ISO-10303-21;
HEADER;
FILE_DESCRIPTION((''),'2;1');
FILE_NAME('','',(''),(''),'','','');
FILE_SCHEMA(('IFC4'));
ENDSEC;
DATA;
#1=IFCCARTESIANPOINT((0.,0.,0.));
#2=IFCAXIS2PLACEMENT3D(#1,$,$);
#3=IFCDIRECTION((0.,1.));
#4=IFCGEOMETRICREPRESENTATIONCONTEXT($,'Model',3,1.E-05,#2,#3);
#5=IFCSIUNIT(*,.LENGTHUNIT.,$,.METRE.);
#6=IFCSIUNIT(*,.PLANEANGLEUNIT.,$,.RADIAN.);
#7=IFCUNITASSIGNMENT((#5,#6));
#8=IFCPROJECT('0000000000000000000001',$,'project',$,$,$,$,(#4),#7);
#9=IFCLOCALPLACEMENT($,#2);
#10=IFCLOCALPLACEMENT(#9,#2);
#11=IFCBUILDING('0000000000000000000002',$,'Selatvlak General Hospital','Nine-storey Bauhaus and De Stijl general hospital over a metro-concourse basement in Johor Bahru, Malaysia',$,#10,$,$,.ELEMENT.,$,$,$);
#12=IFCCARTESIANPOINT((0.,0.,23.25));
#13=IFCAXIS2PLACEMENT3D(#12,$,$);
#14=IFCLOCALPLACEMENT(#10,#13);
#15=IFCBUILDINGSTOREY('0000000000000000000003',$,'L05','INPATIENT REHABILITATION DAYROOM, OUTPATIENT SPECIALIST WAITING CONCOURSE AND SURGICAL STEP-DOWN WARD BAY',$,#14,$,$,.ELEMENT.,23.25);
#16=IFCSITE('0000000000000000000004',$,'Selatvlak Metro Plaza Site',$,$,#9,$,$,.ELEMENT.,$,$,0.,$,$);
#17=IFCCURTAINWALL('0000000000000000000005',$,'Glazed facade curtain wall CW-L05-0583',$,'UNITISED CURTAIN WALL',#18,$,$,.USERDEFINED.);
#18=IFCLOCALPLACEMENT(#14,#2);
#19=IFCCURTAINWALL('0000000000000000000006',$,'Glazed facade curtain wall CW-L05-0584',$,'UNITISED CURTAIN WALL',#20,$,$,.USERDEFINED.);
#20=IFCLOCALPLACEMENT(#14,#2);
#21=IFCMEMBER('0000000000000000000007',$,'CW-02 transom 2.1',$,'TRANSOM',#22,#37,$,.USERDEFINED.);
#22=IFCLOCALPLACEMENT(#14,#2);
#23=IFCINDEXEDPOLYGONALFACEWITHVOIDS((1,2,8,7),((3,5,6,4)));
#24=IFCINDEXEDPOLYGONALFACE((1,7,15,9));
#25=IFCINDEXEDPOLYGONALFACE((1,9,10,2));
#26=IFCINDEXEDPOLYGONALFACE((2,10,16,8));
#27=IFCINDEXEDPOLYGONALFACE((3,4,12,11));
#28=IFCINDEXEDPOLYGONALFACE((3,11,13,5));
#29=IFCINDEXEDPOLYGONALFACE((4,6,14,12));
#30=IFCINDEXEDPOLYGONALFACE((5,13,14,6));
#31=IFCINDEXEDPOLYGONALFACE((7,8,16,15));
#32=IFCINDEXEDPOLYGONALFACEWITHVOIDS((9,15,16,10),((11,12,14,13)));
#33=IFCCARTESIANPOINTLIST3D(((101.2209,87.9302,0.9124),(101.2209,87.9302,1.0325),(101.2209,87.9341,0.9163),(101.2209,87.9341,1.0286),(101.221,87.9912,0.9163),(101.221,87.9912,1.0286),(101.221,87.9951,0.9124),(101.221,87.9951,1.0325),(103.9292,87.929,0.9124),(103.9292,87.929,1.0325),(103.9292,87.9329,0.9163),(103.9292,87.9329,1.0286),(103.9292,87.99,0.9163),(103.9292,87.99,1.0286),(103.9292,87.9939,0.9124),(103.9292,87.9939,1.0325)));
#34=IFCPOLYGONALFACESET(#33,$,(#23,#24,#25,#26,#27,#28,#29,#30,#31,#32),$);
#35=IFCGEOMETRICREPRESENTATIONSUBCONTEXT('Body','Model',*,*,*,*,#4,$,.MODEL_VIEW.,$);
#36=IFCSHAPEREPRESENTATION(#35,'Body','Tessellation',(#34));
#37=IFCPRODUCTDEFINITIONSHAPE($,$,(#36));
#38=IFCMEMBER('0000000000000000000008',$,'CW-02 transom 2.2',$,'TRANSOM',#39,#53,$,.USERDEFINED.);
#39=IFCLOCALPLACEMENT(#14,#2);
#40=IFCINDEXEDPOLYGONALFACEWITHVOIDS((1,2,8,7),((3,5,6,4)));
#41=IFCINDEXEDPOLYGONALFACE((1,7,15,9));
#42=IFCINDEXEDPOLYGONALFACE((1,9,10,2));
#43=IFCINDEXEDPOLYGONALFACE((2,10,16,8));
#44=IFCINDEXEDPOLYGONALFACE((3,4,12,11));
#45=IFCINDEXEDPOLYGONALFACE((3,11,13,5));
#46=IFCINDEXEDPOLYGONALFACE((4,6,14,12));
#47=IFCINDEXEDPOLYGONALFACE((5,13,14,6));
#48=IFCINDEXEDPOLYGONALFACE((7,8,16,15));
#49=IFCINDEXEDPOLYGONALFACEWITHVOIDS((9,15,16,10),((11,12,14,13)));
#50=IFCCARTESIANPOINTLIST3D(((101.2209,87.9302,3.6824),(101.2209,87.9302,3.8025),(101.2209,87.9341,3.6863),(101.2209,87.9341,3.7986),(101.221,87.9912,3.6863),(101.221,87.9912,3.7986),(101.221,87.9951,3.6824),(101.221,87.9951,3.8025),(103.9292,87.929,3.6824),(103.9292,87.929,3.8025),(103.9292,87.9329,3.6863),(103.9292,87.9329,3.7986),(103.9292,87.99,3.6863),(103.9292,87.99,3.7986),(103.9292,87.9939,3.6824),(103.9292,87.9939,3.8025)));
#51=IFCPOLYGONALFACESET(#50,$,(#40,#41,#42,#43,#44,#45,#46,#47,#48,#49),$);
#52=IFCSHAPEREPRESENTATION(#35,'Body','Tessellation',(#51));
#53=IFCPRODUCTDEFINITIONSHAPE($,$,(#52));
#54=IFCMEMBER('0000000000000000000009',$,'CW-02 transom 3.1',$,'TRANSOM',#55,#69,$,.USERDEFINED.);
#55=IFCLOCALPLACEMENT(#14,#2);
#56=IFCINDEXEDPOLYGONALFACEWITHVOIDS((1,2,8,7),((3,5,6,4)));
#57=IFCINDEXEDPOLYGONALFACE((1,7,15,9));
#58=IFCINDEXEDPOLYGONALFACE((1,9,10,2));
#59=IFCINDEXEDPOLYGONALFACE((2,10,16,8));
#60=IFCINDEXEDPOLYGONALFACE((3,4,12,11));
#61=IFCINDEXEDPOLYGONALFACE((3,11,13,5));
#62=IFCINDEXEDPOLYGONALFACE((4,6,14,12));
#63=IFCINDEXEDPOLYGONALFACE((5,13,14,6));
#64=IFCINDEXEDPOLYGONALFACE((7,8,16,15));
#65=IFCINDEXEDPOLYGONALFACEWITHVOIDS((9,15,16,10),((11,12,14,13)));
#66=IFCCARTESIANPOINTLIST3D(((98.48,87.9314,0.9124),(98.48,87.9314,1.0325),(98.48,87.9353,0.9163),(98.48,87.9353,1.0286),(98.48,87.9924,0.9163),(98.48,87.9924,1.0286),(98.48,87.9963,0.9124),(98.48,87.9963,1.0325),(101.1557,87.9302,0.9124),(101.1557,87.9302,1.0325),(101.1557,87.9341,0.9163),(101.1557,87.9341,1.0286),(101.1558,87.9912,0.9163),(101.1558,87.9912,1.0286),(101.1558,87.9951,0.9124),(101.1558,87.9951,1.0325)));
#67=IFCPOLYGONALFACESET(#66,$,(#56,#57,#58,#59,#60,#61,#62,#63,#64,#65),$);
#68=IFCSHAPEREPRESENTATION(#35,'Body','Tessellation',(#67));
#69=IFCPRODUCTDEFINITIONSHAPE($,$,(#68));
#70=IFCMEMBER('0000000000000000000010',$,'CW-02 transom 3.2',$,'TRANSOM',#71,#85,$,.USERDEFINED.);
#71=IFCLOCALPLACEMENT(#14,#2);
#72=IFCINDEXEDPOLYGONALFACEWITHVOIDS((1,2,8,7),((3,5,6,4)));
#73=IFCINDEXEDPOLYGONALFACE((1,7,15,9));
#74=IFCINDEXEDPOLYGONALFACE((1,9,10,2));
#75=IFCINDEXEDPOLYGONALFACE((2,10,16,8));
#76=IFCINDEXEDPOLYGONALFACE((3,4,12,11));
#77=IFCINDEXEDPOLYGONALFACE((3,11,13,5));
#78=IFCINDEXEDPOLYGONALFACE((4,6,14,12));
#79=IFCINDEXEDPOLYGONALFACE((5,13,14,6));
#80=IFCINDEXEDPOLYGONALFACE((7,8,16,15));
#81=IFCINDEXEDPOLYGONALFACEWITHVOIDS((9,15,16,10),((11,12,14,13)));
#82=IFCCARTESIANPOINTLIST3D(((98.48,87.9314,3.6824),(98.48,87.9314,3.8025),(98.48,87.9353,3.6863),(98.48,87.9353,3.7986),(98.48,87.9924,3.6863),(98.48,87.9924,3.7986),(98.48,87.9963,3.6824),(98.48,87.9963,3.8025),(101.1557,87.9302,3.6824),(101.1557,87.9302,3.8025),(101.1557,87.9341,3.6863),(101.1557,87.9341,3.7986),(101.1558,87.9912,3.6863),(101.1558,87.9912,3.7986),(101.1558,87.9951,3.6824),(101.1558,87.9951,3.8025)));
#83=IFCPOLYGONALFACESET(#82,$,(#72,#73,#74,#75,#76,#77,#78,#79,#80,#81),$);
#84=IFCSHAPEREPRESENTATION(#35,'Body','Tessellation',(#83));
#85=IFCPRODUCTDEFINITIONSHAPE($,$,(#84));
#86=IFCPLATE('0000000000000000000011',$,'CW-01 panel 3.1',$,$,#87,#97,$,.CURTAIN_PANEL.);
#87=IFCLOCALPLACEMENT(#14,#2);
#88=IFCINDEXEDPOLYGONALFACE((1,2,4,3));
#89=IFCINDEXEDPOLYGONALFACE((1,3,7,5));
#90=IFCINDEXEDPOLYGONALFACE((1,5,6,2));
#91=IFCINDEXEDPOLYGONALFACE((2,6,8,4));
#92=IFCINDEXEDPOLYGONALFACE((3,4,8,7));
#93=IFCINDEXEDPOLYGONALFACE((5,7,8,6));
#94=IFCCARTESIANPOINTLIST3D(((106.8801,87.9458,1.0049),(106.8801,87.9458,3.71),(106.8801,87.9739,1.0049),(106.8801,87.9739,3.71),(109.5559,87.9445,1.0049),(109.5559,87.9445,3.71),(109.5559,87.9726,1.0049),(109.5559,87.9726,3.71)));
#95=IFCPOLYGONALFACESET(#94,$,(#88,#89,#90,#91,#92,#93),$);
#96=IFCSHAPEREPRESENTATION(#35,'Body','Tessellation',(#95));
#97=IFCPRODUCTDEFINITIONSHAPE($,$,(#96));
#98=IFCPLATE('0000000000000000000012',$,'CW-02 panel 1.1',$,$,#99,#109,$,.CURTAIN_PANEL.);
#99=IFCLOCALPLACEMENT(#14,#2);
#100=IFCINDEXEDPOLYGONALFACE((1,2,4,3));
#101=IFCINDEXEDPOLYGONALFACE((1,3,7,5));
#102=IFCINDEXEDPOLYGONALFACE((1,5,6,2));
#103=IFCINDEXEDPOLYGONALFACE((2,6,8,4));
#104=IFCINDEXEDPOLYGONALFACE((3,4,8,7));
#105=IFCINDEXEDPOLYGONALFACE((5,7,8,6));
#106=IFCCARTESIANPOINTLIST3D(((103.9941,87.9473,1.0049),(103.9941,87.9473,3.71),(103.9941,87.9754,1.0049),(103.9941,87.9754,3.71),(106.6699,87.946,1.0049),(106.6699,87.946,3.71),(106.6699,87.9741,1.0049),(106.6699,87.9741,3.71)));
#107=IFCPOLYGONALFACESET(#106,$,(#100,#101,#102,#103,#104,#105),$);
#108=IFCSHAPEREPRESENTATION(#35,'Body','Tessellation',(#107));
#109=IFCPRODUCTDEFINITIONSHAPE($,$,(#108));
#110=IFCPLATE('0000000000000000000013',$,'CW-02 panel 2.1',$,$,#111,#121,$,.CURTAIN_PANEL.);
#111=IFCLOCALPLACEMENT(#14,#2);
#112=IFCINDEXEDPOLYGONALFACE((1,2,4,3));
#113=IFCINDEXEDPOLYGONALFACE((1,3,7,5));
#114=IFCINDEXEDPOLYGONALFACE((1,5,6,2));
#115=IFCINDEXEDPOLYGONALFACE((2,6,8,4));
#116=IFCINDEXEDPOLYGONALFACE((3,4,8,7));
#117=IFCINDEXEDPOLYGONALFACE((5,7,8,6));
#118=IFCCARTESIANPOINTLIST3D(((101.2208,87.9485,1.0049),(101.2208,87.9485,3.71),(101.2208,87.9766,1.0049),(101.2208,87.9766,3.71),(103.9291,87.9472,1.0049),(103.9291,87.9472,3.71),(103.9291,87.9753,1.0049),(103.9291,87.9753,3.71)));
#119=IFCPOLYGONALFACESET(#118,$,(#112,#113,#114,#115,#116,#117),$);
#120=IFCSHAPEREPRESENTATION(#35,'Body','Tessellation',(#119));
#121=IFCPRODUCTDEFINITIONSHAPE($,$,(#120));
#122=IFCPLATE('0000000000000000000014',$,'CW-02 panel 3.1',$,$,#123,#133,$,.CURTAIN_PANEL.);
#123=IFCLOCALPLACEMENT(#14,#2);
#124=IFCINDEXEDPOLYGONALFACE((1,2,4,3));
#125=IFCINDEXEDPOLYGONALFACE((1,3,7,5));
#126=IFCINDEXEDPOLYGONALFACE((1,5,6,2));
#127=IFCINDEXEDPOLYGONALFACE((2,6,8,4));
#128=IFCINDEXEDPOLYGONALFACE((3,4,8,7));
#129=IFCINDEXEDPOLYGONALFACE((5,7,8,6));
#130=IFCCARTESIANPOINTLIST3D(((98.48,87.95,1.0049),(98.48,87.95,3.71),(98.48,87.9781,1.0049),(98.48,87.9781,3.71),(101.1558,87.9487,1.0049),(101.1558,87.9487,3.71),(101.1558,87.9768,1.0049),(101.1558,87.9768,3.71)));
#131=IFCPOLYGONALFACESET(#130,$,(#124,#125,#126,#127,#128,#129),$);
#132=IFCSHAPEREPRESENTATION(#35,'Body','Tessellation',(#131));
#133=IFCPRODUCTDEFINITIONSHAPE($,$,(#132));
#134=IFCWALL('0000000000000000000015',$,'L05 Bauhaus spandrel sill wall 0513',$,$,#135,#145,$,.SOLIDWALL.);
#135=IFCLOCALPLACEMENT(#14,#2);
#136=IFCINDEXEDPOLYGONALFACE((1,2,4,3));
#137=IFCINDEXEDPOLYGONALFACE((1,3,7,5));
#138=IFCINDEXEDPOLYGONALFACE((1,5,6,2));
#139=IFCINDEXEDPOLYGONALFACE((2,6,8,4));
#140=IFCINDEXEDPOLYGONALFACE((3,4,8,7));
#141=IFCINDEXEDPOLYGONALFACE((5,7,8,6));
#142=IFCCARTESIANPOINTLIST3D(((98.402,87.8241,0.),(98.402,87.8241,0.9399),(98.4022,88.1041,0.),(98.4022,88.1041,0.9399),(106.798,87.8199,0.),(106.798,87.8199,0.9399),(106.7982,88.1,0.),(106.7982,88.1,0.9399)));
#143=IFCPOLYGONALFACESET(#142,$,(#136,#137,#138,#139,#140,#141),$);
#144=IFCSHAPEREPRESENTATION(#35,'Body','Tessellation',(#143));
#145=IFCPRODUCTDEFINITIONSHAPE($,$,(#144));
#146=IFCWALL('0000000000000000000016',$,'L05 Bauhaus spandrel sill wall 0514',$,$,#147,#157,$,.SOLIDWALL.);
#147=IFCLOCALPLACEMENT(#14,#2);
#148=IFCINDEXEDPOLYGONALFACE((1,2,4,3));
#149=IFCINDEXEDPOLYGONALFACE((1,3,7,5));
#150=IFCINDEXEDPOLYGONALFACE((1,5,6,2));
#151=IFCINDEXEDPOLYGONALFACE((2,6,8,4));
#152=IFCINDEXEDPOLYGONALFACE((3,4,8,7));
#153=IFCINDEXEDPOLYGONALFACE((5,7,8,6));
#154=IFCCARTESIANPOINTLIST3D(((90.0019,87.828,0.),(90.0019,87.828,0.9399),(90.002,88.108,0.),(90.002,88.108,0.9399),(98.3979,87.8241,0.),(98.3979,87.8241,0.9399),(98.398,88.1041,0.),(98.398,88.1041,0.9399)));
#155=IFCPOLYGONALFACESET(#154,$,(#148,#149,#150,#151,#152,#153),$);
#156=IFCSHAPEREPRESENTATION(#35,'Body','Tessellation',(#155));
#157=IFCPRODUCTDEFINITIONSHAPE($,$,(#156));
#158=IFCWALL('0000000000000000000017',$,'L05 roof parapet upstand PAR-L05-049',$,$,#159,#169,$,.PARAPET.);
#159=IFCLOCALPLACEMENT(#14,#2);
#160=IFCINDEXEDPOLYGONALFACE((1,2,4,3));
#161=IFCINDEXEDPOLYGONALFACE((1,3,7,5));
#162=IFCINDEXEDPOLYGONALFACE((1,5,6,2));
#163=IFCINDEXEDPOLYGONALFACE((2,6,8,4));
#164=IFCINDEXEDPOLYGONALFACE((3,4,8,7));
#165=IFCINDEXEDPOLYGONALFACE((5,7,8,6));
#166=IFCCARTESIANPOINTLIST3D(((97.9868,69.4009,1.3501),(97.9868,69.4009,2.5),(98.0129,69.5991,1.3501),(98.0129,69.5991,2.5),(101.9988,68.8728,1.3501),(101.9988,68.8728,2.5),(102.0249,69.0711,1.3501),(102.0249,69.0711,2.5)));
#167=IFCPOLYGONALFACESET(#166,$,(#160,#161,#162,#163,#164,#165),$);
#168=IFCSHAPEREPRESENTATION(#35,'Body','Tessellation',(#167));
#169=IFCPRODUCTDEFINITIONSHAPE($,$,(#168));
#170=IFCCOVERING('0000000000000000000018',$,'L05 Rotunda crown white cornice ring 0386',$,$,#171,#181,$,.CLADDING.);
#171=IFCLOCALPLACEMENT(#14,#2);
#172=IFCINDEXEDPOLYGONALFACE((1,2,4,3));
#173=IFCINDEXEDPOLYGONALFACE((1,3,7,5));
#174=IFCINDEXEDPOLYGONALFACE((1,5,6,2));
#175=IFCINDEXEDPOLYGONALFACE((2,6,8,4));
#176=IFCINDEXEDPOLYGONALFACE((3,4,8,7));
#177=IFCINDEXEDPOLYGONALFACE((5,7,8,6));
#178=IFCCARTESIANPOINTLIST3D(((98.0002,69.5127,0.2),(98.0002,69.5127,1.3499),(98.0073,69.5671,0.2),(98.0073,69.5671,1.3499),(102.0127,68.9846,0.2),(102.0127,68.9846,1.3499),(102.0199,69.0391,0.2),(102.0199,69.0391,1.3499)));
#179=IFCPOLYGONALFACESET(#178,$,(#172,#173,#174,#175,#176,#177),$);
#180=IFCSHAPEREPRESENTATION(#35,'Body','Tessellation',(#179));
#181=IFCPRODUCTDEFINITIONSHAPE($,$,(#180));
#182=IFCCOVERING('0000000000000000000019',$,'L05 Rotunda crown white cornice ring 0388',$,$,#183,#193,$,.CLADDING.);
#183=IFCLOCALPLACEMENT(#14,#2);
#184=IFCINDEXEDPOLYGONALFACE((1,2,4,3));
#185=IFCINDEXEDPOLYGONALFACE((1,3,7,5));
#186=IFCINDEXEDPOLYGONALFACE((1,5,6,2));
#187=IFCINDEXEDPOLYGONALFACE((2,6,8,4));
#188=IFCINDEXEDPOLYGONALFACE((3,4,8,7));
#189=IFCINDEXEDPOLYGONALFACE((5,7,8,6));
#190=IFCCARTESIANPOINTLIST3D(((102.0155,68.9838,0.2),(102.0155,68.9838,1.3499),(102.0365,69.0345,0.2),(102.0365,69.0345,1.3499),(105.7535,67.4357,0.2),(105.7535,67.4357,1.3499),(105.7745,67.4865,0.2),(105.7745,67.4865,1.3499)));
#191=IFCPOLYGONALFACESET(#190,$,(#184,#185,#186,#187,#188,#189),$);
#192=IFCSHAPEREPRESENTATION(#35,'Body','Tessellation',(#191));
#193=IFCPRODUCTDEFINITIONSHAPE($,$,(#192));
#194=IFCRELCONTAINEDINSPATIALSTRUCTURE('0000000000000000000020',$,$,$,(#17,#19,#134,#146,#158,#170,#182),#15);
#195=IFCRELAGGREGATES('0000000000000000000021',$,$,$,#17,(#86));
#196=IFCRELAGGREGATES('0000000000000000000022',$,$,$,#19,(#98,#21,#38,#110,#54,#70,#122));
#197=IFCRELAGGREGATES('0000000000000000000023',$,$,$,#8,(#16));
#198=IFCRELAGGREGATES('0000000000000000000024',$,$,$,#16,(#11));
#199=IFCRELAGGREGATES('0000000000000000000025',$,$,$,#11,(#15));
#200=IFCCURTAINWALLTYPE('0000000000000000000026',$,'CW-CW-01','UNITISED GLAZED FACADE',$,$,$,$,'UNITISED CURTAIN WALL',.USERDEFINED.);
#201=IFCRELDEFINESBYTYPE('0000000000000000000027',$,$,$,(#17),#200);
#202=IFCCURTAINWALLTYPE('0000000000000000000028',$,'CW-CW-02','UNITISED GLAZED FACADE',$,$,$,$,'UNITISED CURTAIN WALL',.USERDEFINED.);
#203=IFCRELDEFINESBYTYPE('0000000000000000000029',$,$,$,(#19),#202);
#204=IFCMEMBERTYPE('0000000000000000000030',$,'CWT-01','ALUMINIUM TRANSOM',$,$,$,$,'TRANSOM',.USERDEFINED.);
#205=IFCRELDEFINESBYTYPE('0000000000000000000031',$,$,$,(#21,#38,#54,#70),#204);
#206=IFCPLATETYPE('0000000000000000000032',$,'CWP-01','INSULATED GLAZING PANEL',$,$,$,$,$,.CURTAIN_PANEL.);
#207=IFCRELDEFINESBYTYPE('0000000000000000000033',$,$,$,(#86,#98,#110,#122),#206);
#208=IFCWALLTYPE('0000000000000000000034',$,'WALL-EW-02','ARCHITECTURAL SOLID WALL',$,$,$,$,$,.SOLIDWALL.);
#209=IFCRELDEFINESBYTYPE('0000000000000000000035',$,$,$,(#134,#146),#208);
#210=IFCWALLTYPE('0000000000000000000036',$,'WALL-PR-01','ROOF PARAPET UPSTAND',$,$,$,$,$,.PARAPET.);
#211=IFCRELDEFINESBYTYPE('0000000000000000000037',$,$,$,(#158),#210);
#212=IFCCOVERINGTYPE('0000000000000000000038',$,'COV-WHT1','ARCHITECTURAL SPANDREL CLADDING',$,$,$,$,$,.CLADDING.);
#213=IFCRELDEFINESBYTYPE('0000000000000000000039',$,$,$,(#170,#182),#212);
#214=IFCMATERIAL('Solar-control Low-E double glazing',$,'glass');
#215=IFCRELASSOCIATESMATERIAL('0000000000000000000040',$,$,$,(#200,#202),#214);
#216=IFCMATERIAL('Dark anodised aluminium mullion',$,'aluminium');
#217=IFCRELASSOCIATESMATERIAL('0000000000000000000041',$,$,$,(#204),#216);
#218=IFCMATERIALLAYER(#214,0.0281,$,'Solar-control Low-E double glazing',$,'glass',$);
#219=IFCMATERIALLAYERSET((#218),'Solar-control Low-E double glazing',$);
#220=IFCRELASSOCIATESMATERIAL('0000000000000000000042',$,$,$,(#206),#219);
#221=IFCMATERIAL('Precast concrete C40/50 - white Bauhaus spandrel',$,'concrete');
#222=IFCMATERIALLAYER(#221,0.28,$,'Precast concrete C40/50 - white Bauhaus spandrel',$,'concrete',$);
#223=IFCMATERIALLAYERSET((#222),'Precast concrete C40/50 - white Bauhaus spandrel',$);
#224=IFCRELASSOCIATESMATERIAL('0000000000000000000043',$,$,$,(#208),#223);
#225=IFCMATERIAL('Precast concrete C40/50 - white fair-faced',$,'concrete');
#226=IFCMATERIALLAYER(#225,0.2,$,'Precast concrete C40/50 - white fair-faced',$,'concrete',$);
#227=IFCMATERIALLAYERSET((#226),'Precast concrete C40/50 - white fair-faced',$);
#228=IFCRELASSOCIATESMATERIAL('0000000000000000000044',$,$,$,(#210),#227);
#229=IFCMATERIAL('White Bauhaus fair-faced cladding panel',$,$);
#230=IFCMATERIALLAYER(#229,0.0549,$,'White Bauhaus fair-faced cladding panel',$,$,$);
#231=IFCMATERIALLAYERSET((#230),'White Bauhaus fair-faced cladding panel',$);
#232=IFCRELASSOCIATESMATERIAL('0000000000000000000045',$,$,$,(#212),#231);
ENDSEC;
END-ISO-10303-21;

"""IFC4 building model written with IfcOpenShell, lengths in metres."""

from ifc_helpers import new_model, si_unit, direction, frame, frame_2d, origin, origin_2d, place, context, subcontext, project, spatial, rectangle, hollow_rectangle, extrude, material, layer, layer_set, material_profile, profile_set, type_object, element, aggregate, save


model = new_model("IFC4")

# Units and contexts
model_context = context("Model", 3, precision=1e-05, world=origin(), true_north=direction((0.0, 1.0)))
body_context = subcontext(model_context, "Body", "Model", "MODEL_VIEW")
ifc_project = project(units=[si_unit("LENGTHUNIT", "METRE"), si_unit("PLANEANGLEUNIT", "RADIAN")], contexts=[model_context])

# Site, building, storey
site_placement = place(None, origin())
site = spatial("IfcSite", under=ifc_project, at=site_placement, Name="Selatvlak Metro Plaza Site", CompositionType="ELEMENT", RefElevation=0.0)
building_placement = place(site_placement, origin())
building = spatial("IfcBuilding", under=site, at=building_placement, Name="Selatvlak General Hospital", Description="Nine-storey Bauhaus and De Stijl general hospital over a metro-concourse basement in Johor Bahru, Malaysia", CompositionType="ELEMENT")
storey_placement = place(building_placement, frame((0.0, 0.0, 23.25)))
storey = spatial("IfcBuildingStorey", under=building, at=storey_placement, Name="L05", Description="INPATIENT REHABILITATION DAYROOM, OUTPATIENT SPECIALIST WAITING CONCOURSE AND SURGICAL STEP-DOWN WARD BAY", CompositionType="ELEMENT", Elevation=23.25)

# Curtain walls
ifc_material_1 = material(Name="Solar-control Low-E double glazing", Category="glass")
curtain_wall_type_1 = type_object("IfcCurtainWallType", Name="CW-CW-01", Description="UNITISED GLAZED FACADE", ElementType="UNITISED CURTAIN WALL", PredefinedType="USERDEFINED", material=ifc_material_1)
curtain_wall_1_placement = place(storey_placement, origin())
curtain_wall_1 = element("IfcCurtainWall", 1, at=curtain_wall_1_placement, inside=storey, type_object=curtain_wall_type_1, Name="Glazed facade curtain wall CW-L05-0583", ObjectType="UNITISED CURTAIN WALL", PredefinedType="USERDEFINED")
ifc_material_2 = material(Name="Dark anodised aluminium mullion", Category="aluminium")
curtain_wall_type_2 = type_object("IfcCurtainWallType", Name="CW-CW-02", Description="UNITISED GLAZED FACADE", ElementType="UNITISED CURTAIN WALL", PredefinedType="USERDEFINED", material=ifc_material_1)
curtain_wall_2_placement = place(storey_placement, origin())
curtain_wall_2 = element("IfcCurtainWall", 2, at=curtain_wall_2_placement, inside=storey, type_object=curtain_wall_type_2, Name="Glazed facade curtain wall CW-L05-0584", ObjectType="UNITISED CURTAIN WALL", PredefinedType="USERDEFINED")

# Members
ifc_material_profile_1 = material_profile(ifc_material_2, hollow_rectangle(XDim=0.0649, YDim=0.1201, WallThickness=0.0039, at=origin_2d()), Name="AL-TRN 65x120x4")
ifc_profile_set_1 = profile_set([ifc_material_profile_1], Name="Dark anodised aluminium mullion")
member_type_1 = type_object("IfcMemberType", Name="CWT-01", Description="ALUMINIUM TRANSOM", ElementType="TRANSOM", PredefinedType="USERDEFINED", material=ifc_profile_set_1)
member_1_placement = place(storey_placement, frame((103.9292, 87.9614, 0.9724), z_axis=(-1.0, 0.000451, 0.0), x_axis=(-0.000451, -1.0, 0.0)))
member_1 = element("IfcMember", 3, at=member_1_placement, type_object=member_type_1, Name="CW-02 transom 2.1", ObjectType="TRANSOM", PredefinedType="USERDEFINED", context=body_context, shape_type="SweptSolid", body=[
    extrude(hollow_rectangle(XDim=0.0649, YDim=0.1201, WallThickness=0.0039, at=origin_2d()), origin(), (0.0, 0.0, 1.0), 2.7083),
])
member_2_placement = place(storey_placement, frame((103.9292, 87.9614, 3.7424), z_axis=(-1.0, 0.000451, 0.0), x_axis=(-0.000451, -1.0, 0.0)))
member_2 = element("IfcMember", 4, at=member_2_placement, type_object=member_type_1, Name="CW-02 transom 2.2", ObjectType="TRANSOM", PredefinedType="USERDEFINED", context=body_context, shape_type="SweptSolid", body=[
    extrude(hollow_rectangle(XDim=0.0649, YDim=0.1201, WallThickness=0.0039, at=origin_2d()), origin(), (0.0, 0.0, 1.0), 2.7083),
])
member_3_placement = place(storey_placement, frame((101.1558, 87.9626, 0.9724), z_axis=(-1.0, 0.000456, 0.0), x_axis=(-0.000456, -1.0, 0.0)))
member_3 = element("IfcMember", 5, at=member_3_placement, type_object=member_type_1, Name="CW-02 transom 3.1", ObjectType="TRANSOM", PredefinedType="USERDEFINED", context=body_context, shape_type="SweptSolid", body=[
    extrude(hollow_rectangle(XDim=0.0649, YDim=0.1201, WallThickness=0.0039, at=origin_2d()), origin(), (0.0, 0.0, 1.0), 2.6758),
])
member_4_placement = place(storey_placement, frame((101.1558, 87.9626, 3.7424), z_axis=(-1.0, 0.000456, 0.0), x_axis=(-0.000456, -1.0, 0.0)))
member_4 = element("IfcMember", 6, at=member_4_placement, type_object=member_type_1, Name="CW-02 transom 3.2", ObjectType="TRANSOM", PredefinedType="USERDEFINED", context=body_context, shape_type="SweptSolid", body=[
    extrude(hollow_rectangle(XDim=0.0649, YDim=0.1201, WallThickness=0.0039, at=origin_2d()), origin(), (0.0, 0.0, 1.0), 2.6758),
])

# Plates
ifc_layer_1 = layer(ifc_material_1, 0.0281, Name="Solar-control Low-E double glazing", Category="glass")
ifc_layer_set_1 = layer_set([ifc_layer_1], Name="Solar-control Low-E double glazing")
plate_type = type_object("IfcPlateType", Name="CWP-01", Description="INSULATED GLAZING PANEL", PredefinedType="CURTAIN_PANEL", material=ifc_layer_set_1)
plate_1_placement = place(storey_placement, frame((108.218, 87.9592, 1.0049), z_axis=(0.0, 0.0, 1.0), x_axis=(-1.0, 0.000481, 0.0)))
plate_1 = element("IfcPlate", 7, at=plate_1_placement, type_object=plate_type, Name="CW-01 panel 3.1", PredefinedType="CURTAIN_PANEL", context=body_context, shape_type="SweptSolid", body=[
    extrude(rectangle(XDim=2.6758, YDim=0.0281, at=origin_2d()), origin(), (0.0, 0.0, 1.0), 2.7051),
])
aggregate(curtain_wall_1, [plate_1])
plate_2_placement = place(storey_placement, frame((105.332, 87.9607, 1.0049), z_axis=(0.0, 0.0, 1.0), x_axis=(-1.0, 0.000481, 0.0)))
plate_2 = element("IfcPlate", 8, at=plate_2_placement, type_object=plate_type, Name="CW-02 panel 1.1", PredefinedType="CURTAIN_PANEL", context=body_context, shape_type="SweptSolid", body=[
    extrude(rectangle(XDim=2.6758, YDim=0.0281, at=origin_2d()), origin(), (0.0, 0.0, 1.0), 2.7051),
])
plate_3_placement = place(storey_placement, frame((102.575, 87.9619, 1.0049), z_axis=(0.0, 0.0, 1.0), x_axis=(-1.0, 0.000481, 0.0)))
plate_3 = element("IfcPlate", 9, at=plate_3_placement, type_object=plate_type, Name="CW-02 panel 2.1", PredefinedType="CURTAIN_PANEL", context=body_context, shape_type="SweptSolid", body=[
    extrude(rectangle(XDim=2.7083, YDim=0.0281, at=origin_2d()), origin(), (0.0, 0.0, 1.0), 2.7051),
])
plate_4_placement = place(storey_placement, frame((99.8179, 87.9634, 1.0049), z_axis=(0.0, 0.0, 1.0), x_axis=(-1.0, 0.000481, 0.0)))
plate_4 = element("IfcPlate", 10, at=plate_4_placement, type_object=plate_type, Name="CW-02 panel 3.1", PredefinedType="CURTAIN_PANEL", context=body_context, shape_type="SweptSolid", body=[
    extrude(rectangle(XDim=2.6758, YDim=0.0281, at=origin_2d()), origin(), (0.0, 0.0, 1.0), 2.7051),
])
aggregate(curtain_wall_2, [plate_2, member_1, member_2, plate_3, member_3, member_4, plate_4])

# Walls
ifc_material_3 = material(Name="Precast concrete C40/50 - white Bauhaus spandrel", Category="concrete")
ifc_layer_2 = layer(ifc_material_3, 0.28, Name="Precast concrete C40/50 - white Bauhaus spandrel", Category="concrete")
ifc_layer_set_2 = layer_set([ifc_layer_2], Name="Precast concrete C40/50 - white Bauhaus spandrel")
wall_type_1 = type_object("IfcWallType", Name="WALL-EW-02", Description="ARCHITECTURAL SOLID WALL", PredefinedType="SOLIDWALL", material=ifc_layer_set_2)
for number, where, z_axis, x_axis, name in (
    (11, (106.7981, 87.96, 0.0), (0.0, 0.0, 1.0), (-1.0, 0.000494, 0.0), "L05 Bauhaus spandrel sill wall 0513"),
    (12, (98.3979, 87.9641, 0.0), (0.0, 0.0, 1.0), (-1.0, 0.000465, 0.0), "L05 Bauhaus spandrel sill wall 0514"),
):
    element("IfcWall", number, at=place(storey_placement, frame(where, z_axis=z_axis, x_axis=x_axis)), inside=storey, type_object=wall_type_1, Name=name, PredefinedType="SOLIDWALL", context=body_context, shape_type="SweptSolid", body=[
        extrude(rectangle(XDim=8.396, YDim=0.28, at=frame_2d((4.198, 0.0))), origin(), (0.0, 0.0, 1.0), 0.9399),
    ])
ifc_material_4 = material(Name="Precast concrete C40/50 - white fair-faced", Category="concrete")
ifc_layer_3 = layer(ifc_material_4, 0.2, Name="Precast concrete C40/50 - white fair-faced", Category="concrete")
ifc_layer_set_3 = layer_set([ifc_layer_3], Name="Precast concrete C40/50 - white fair-faced")
wall_type_2 = type_object("IfcWallType", Name="WALL-PR-01", Description="ROOF PARAPET UPSTAND", PredefinedType="PARAPET", material=ifc_layer_set_3)
wall_placement = place(storey_placement, frame((102.012, 68.9719, 1.3501), z_axis=(0.0, 0.0, 1.0), x_axis=(-0.991448, 0.1305, 0.0)))
element("IfcWall", 13, at=wall_placement, inside=storey, type_object=wall_type_2, Name="L05 roof parapet upstand PAR-L05-049", PredefinedType="PARAPET", context=body_context, shape_type="SweptSolid", body=[
    extrude(rectangle(XDim=4.0466, YDim=0.2, at=frame_2d((2.0234, 0.0))), origin(), (0.0, 0.0, 1.0), 1.1499),
])

# Coverings
ifc_material_5 = material(Name="White Bauhaus fair-faced cladding panel")
ifc_layer_4 = layer(ifc_material_5, 0.0549, Name="White Bauhaus fair-faced cladding panel")
ifc_layer_set_4 = layer_set([ifc_layer_4], Name="White Bauhaus fair-faced cladding panel")
covering_type = type_object("IfcCoveringType", Name="COV-WHT1", Description="ARCHITECTURAL SPANDREL CLADDING", PredefinedType="CLADDING", material=ifc_layer_set_4)
covering_1_placement = place(storey_placement, frame((100.01, 69.2759, 0.2), z_axis=(0.0, 0.0, 1.0), x_axis=(0.991452, -0.130474, 0.0)))
element("IfcCovering", 14, at=covering_1_placement, inside=storey, type_object=covering_type, Name="L05 Rotunda crown white cornice ring 0386", PredefinedType="CLADDING", context=body_context, shape_type="SweptSolid", body=[
    extrude(rectangle(XDim=4.0471, YDim=0.0549, at=origin_2d()), origin(), (0.0, 0.0, 1.0), 1.1499),
])
covering_2_placement = place(storey_placement, frame((103.895, 68.2351, 0.2), z_axis=(0.0, 0.0, 1.0), x_axis=(0.923906, -0.382619, 0.0)))
element("IfcCovering", 15, at=covering_2_placement, inside=storey, type_object=covering_type, Name="L05 Rotunda crown white cornice ring 0388", PredefinedType="CLADDING", context=body_context, shape_type="SweptSolid", body=[
    extrude(rectangle(XDim=4.0459, YDim=0.0549, at=origin_2d()), origin(), (0.0, 0.0, 1.0), 1.1499),
])

save(model, "model.ifc")
